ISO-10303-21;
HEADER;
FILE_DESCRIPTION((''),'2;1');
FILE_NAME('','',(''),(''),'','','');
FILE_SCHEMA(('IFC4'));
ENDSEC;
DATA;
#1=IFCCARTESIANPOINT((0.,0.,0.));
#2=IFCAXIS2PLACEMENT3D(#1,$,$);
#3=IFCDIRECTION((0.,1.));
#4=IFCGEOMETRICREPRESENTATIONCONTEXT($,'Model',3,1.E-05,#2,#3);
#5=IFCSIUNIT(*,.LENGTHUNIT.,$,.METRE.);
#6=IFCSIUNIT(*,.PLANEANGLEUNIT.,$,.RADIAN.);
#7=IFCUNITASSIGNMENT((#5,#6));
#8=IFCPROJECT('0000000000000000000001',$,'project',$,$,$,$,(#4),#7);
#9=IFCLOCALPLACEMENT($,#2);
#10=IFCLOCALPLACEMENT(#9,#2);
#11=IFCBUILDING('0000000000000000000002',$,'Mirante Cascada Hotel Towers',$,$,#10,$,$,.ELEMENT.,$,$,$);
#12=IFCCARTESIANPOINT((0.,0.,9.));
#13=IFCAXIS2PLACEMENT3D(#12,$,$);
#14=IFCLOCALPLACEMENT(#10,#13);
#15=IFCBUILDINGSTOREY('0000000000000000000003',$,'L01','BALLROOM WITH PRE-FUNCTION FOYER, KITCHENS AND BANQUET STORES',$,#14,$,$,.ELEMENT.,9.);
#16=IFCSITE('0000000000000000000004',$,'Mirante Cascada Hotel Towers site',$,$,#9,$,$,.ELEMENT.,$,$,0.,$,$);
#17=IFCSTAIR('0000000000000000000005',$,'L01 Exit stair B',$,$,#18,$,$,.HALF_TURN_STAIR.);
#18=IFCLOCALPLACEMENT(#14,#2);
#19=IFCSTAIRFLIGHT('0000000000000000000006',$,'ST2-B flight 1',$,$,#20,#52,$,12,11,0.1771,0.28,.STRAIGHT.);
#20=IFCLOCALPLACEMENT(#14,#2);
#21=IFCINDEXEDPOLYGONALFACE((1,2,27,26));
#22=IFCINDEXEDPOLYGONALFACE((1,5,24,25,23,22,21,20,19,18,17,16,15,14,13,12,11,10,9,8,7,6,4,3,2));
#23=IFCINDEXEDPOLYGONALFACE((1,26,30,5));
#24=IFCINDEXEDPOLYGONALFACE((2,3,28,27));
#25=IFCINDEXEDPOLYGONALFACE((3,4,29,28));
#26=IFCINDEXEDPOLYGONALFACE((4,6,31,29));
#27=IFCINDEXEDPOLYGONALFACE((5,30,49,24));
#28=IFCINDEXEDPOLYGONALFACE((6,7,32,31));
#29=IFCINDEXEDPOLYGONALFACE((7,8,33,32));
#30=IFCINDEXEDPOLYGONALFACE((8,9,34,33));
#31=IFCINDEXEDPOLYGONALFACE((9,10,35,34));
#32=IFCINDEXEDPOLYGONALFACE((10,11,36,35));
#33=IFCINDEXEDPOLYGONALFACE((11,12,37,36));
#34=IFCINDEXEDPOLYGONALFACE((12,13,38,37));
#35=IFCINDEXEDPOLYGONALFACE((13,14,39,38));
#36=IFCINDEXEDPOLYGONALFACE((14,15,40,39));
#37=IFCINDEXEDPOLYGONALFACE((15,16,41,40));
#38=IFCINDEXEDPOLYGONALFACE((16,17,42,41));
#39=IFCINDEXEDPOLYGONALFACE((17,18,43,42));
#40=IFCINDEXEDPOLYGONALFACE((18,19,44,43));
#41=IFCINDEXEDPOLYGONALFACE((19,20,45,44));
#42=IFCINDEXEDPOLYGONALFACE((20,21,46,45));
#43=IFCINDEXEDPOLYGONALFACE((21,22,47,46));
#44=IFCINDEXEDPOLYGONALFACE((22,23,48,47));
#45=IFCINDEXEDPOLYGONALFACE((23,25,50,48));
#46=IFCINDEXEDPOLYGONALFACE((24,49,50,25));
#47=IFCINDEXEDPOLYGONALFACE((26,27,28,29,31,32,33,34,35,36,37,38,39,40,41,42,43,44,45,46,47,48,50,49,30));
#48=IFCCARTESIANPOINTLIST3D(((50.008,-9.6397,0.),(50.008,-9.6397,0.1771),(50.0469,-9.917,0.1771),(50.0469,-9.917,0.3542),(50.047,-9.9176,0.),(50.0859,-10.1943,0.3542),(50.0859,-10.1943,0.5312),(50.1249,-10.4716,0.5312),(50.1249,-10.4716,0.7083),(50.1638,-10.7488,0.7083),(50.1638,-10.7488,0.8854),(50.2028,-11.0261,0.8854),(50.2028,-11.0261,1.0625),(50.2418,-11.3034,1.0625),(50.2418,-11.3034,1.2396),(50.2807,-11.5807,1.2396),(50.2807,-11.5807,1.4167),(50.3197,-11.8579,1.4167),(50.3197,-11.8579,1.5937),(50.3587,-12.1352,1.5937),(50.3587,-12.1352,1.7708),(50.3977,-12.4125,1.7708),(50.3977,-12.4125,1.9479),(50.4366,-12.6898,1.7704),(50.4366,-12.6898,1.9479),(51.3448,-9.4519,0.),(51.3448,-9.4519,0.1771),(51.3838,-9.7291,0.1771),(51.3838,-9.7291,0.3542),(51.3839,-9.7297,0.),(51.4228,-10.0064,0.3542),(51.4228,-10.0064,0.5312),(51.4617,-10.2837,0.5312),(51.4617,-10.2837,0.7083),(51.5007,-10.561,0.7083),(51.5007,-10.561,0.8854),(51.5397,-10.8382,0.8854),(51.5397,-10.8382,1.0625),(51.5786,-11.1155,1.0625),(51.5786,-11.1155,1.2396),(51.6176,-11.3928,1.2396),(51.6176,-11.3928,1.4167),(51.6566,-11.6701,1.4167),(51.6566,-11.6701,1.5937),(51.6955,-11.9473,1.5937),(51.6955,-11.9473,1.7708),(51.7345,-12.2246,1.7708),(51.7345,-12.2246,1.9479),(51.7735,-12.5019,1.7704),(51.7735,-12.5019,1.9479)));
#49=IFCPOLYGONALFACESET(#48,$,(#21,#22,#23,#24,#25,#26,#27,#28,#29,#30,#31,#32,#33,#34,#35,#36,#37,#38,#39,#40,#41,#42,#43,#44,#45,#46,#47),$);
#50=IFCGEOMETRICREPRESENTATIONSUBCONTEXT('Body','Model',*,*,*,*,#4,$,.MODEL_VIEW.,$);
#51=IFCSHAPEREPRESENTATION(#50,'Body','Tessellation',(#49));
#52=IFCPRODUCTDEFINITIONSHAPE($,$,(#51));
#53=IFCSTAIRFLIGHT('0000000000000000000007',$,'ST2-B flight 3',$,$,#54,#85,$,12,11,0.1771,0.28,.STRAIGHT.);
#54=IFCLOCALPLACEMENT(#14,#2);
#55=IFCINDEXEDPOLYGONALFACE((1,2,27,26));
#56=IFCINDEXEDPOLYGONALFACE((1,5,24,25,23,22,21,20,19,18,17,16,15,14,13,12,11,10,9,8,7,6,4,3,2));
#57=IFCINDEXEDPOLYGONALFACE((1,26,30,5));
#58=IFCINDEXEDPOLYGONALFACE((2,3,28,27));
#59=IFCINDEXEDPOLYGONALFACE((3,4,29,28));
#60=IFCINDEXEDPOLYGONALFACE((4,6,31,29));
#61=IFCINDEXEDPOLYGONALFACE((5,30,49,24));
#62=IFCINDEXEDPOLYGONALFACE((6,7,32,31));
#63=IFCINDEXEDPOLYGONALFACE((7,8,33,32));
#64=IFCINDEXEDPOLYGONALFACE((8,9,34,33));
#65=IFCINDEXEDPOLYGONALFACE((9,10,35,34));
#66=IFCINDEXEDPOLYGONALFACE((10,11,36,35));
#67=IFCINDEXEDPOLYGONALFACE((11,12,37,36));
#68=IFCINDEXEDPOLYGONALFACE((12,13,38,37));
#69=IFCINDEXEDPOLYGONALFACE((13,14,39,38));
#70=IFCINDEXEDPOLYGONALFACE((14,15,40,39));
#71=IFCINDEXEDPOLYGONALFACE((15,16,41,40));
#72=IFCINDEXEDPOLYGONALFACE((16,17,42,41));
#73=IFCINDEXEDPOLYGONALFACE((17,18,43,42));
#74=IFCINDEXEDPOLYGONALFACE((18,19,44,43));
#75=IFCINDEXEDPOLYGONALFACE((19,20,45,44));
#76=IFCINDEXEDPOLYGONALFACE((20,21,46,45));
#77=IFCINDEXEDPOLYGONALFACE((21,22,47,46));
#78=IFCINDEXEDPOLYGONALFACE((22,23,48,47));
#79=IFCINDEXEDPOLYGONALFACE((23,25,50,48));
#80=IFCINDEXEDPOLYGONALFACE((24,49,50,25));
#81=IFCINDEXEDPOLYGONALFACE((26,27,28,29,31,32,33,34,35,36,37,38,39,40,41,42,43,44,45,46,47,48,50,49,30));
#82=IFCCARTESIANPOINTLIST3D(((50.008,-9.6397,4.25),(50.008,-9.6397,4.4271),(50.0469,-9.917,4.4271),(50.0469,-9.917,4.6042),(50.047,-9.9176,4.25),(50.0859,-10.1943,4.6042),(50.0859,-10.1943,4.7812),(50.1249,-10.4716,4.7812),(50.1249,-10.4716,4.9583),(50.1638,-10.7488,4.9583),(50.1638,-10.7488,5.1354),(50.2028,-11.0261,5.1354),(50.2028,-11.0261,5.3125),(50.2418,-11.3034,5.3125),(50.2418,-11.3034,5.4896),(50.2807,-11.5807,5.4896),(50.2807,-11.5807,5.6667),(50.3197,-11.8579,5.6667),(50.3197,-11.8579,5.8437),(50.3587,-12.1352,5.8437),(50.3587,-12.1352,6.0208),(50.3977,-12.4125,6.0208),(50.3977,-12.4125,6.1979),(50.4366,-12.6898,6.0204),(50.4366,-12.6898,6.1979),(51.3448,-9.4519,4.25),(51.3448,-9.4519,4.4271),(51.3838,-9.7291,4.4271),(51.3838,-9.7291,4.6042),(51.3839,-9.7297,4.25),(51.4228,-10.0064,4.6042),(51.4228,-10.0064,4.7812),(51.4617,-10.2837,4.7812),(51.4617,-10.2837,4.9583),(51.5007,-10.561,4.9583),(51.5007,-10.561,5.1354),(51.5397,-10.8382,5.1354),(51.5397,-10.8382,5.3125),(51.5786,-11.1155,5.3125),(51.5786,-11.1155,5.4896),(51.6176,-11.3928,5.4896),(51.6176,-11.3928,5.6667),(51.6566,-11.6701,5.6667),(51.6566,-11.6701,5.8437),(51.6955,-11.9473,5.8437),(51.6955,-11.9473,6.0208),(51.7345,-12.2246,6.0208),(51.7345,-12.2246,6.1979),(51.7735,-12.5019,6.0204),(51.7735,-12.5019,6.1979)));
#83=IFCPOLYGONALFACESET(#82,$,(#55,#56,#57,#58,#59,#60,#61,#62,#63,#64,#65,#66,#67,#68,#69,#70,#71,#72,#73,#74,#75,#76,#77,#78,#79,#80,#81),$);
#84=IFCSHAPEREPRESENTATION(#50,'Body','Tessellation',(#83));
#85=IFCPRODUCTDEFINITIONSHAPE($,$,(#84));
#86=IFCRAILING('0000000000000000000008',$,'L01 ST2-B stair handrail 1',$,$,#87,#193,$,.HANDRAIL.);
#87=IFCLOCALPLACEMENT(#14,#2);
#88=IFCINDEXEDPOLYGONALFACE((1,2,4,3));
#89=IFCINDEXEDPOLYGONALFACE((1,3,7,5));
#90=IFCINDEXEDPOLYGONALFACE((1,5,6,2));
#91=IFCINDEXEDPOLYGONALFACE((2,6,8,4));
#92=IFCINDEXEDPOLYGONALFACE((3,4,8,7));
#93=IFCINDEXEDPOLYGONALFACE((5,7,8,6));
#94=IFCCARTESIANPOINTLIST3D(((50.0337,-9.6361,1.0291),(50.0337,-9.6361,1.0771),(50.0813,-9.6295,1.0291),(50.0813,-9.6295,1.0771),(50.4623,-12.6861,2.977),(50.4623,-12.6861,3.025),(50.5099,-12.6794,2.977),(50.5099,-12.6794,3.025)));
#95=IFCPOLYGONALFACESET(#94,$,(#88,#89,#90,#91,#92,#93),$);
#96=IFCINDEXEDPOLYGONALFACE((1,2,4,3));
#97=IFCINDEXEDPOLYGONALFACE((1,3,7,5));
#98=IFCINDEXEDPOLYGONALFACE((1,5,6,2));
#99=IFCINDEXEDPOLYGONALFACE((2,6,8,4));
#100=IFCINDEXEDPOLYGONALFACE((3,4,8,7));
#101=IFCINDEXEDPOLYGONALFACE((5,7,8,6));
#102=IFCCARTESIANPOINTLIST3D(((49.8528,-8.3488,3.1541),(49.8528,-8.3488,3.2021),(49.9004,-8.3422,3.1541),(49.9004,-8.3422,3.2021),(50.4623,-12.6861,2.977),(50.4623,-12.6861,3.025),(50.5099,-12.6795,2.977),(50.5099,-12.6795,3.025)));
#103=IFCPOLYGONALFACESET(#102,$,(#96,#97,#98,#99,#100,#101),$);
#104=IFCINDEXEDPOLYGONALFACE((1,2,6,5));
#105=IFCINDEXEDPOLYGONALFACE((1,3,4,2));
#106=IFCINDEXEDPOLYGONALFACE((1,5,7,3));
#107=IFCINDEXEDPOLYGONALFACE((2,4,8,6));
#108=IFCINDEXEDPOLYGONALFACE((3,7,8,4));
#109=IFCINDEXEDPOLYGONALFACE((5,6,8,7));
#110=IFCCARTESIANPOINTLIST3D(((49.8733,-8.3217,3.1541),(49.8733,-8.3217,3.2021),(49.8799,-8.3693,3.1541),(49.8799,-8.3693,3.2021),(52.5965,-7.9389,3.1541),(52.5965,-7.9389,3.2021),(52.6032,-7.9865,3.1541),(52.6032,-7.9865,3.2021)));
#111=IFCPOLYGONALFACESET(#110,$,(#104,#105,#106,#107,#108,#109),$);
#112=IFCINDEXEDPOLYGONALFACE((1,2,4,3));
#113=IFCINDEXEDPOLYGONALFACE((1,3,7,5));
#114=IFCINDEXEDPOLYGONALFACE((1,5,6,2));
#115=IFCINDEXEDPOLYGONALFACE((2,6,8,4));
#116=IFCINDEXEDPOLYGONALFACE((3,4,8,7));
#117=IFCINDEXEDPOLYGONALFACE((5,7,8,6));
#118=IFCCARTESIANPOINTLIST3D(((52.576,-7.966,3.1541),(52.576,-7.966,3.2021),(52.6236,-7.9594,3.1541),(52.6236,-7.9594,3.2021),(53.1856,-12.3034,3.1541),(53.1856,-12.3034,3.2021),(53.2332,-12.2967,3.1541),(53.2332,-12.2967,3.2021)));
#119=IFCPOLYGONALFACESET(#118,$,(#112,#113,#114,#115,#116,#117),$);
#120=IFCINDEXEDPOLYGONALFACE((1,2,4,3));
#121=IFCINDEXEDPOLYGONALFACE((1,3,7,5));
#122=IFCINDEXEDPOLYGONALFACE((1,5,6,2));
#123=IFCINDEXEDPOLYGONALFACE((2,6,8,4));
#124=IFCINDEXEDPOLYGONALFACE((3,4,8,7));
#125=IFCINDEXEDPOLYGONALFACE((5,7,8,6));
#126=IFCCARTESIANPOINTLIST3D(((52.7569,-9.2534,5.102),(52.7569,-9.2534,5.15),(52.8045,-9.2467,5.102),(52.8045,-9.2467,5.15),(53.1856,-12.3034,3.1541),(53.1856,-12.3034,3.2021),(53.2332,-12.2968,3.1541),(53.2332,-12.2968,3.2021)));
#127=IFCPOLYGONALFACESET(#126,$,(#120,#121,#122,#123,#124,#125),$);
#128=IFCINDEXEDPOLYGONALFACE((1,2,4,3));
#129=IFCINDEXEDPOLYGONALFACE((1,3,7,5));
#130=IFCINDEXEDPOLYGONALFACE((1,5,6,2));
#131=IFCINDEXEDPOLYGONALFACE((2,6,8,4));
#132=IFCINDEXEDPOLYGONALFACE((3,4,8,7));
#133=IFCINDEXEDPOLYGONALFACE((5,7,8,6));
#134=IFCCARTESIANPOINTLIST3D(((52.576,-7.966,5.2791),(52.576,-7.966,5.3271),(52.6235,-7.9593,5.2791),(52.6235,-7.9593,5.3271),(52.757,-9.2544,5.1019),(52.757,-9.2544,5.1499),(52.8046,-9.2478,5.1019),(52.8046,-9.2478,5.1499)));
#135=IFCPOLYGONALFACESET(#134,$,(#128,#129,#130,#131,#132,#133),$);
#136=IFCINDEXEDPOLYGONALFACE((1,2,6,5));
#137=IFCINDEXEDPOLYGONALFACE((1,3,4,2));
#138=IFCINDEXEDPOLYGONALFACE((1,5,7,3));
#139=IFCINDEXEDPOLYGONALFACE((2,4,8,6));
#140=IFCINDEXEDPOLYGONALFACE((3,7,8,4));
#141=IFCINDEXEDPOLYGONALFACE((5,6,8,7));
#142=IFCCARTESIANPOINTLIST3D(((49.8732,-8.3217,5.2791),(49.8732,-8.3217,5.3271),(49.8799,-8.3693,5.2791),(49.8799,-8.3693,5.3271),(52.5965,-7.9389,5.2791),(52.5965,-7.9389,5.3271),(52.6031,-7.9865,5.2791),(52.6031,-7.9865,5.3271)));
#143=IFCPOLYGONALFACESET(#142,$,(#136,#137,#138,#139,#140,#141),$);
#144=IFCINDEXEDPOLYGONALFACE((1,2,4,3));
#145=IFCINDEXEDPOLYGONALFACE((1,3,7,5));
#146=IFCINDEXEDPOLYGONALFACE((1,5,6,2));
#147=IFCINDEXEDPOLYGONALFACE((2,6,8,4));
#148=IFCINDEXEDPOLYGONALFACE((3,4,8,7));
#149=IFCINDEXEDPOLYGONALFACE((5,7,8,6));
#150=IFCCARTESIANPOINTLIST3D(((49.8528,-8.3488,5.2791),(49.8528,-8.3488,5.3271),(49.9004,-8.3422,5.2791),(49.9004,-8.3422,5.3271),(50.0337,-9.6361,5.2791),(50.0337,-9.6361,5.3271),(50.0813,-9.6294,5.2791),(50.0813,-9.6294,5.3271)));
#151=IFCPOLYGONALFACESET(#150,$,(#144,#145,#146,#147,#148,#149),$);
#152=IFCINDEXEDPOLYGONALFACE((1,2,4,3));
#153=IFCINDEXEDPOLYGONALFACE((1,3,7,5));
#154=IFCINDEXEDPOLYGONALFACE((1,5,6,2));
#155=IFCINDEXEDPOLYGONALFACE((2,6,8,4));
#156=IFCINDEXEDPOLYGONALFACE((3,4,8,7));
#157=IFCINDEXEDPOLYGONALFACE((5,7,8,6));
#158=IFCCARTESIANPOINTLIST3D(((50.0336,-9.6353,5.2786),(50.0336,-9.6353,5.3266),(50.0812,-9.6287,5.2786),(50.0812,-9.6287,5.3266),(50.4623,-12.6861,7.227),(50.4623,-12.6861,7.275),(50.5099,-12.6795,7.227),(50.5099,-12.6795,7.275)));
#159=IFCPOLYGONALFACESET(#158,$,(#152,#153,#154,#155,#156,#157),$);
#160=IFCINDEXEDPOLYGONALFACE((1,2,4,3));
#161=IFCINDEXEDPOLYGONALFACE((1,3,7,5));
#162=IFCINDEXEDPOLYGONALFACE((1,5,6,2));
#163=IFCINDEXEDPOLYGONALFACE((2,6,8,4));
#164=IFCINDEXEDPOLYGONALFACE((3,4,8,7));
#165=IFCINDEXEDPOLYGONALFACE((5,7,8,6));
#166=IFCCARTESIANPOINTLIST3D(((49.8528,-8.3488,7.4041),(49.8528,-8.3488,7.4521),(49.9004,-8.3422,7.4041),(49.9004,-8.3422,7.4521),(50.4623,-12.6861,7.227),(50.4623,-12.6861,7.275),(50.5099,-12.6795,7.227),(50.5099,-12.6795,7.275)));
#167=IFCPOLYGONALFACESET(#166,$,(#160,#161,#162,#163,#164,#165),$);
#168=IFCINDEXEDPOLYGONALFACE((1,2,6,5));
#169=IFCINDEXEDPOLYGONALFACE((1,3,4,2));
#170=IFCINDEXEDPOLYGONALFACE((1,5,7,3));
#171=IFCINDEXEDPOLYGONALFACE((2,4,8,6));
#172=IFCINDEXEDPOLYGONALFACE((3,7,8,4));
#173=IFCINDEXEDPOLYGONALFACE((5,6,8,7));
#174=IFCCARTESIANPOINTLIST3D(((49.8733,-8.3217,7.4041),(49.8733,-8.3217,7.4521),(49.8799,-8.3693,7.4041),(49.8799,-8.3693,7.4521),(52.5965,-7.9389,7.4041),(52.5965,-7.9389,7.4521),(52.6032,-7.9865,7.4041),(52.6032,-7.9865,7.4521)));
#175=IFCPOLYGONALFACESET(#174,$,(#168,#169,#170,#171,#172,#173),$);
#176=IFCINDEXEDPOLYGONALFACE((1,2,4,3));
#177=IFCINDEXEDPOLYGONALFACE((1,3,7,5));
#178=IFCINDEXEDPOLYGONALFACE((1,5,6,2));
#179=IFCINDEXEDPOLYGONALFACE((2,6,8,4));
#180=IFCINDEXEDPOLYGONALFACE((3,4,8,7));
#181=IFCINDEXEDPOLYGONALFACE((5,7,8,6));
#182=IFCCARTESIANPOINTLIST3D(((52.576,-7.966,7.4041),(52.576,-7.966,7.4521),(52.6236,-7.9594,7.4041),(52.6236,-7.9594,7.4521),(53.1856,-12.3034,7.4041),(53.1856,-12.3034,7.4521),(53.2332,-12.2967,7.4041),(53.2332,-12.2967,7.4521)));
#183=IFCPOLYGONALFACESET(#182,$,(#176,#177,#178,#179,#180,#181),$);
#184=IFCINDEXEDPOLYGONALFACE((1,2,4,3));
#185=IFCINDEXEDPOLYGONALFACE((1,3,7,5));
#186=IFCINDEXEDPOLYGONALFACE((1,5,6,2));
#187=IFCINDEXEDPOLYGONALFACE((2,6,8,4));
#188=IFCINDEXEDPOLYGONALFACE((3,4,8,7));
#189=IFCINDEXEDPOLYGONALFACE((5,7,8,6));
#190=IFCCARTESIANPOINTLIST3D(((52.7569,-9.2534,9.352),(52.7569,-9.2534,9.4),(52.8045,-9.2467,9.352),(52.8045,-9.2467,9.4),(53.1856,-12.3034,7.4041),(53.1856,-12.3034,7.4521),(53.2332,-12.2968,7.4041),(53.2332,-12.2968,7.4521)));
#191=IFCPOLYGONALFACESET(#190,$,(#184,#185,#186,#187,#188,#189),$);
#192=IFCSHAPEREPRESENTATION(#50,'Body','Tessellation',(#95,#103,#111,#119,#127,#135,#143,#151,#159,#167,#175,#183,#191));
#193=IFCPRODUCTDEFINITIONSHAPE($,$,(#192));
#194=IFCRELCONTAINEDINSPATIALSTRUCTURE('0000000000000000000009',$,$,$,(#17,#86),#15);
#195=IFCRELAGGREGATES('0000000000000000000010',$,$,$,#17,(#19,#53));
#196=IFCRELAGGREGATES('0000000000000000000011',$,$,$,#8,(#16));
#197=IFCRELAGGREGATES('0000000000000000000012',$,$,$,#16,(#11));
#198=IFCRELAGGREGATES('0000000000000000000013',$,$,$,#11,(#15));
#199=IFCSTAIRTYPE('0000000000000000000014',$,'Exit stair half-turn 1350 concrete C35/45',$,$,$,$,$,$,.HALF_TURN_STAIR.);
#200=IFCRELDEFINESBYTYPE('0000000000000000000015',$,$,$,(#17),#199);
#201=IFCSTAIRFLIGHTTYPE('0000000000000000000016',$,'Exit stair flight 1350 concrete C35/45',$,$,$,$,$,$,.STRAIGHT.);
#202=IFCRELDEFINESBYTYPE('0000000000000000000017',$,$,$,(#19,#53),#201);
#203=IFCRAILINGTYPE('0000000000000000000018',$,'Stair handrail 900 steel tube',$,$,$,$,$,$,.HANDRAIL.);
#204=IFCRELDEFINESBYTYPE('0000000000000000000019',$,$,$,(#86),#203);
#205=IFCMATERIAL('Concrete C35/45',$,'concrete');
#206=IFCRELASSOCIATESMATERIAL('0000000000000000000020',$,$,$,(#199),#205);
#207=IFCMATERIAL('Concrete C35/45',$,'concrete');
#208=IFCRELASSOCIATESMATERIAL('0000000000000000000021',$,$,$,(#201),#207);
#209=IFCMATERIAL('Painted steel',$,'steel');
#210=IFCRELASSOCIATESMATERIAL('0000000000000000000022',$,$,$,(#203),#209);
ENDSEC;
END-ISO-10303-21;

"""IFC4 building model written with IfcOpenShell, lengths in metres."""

from ifc_helpers import new_model, si_unit, direction, frame, origin, origin_2d, place, context, subcontext, project, spatial, polyline, rectangle, outline, extrude, material, type_object, element, aggregate, save


model = new_model("IFC4")

# Units and contexts
model_context = context("Model", 3, precision=1e-05, world=origin(), true_north=direction((0.0, 1.0)))
body_context = subcontext(model_context, "Body", "Model", "MODEL_VIEW")
ifc_project = project(units=[si_unit("LENGTHUNIT", "METRE"), si_unit("PLANEANGLEUNIT", "RADIAN")], contexts=[model_context])

# Site, building, storey
site_placement = place(None, origin())
site = spatial("IfcSite", under=ifc_project, at=site_placement, Name="Mirante Cascada Hotel Towers site", CompositionType="ELEMENT", RefElevation=0.0)
building_placement = place(site_placement, origin())
building = spatial("IfcBuilding", under=site, at=building_placement, Name="Mirante Cascada Hotel Towers", CompositionType="ELEMENT")
storey_placement = place(building_placement, frame((0.0, 0.0, 9.0)))
storey = spatial("IfcBuildingStorey", under=building, at=storey_placement, Name="L01", Description="BALLROOM WITH PRE-FUNCTION FOYER, KITCHENS AND BANQUET STORES", CompositionType="ELEMENT", Elevation=9.0)

# Stair, stair flights
ifc_material_1 = material(Name="Concrete C35/45", Category="concrete")
stair_type = type_object("IfcStairType", Name="Exit stair half-turn 1350 concrete C35/45", PredefinedType="HALF_TURN_STAIR", material=ifc_material_1)
stair_placement = place(storey_placement, origin())
stair = element("IfcStair", 1, at=stair_placement, inside=storey, type_object=stair_type, Name="L01 Exit stair B", PredefinedType="HALF_TURN_STAIR")
ifc_material_2 = material(Name="Concrete C35/45", Category="concrete")
stair_flight_type = type_object("IfcStairFlightType", Name="Exit stair flight 1350 concrete C35/45", PredefinedType="STRAIGHT", material=ifc_material_2)
stair_flight_1_placement = place(storey_placement, frame((50.6764, -9.5458, 0.0), z_axis=(0.0, 0.0, 1.0), x_axis=(0.139173, -0.990268, 0.0)))
stair_flight_1 = element("IfcStairFlight", 2, at=stair_flight_1_placement, type_object=stair_flight_type, Name="ST2-B flight 1", NumberOfRisers=12, NumberOfTreads=11, PredefinedType="STRAIGHT", RiserHeight=0.1771, TreadLength=0.28, context=body_context, shape_type="SweptSolid", body=[
    extrude(outline(polyline([(0.0, 0.0), (0.0, 0.1771), (0.28, 0.1771), (0.28, 0.3542), (0.56, 0.3542), (0.56, 0.5312), (0.84, 0.5312), (0.84, 0.7083), (1.12, 0.7083), (1.12, 0.8854), (1.4, 0.8854), (1.4, 1.0625), (1.68, 1.0625), (1.68, 1.2396), (1.96, 1.2396), (1.96, 1.4167), (2.24, 1.4167), (2.24, 1.5937), (2.52, 1.5937), (2.52, 1.7708), (2.8, 1.7708), (2.8, 1.9479), (3.08, 1.9479), (3.08, 2.125), (3.08, 1.7704), (0.2806, 0.0), (0.0, 0.0)])), frame((0.0, 0.675, 0.0), z_axis=(0.0, -1.0, 0.0), x_axis=(1.0, 0.0, 0.0)), (0.0, 0.0, 1.0), 1.35),
])
stair_flight_2_placement = place(storey_placement, frame((50.6764, -9.5458, 4.25), z_axis=(0.0, 0.0, 1.0), x_axis=(0.139173, -0.990268, 0.0)))
stair_flight_2 = element("IfcStairFlight", 3, at=stair_flight_2_placement, type_object=stair_flight_type, Name="ST2-B flight 3", NumberOfRisers=12, NumberOfTreads=11, PredefinedType="STRAIGHT", RiserHeight=0.1771, TreadLength=0.28, context=body_context, shape_type="SweptSolid", body=[
    extrude(outline(polyline([(0.0, 0.0), (0.0, 0.1771), (0.28, 0.1771), (0.28, 0.3542), (0.56, 0.3542), (0.56, 0.5312), (0.84, 0.5312), (0.84, 0.7083), (1.12, 0.7083), (1.12, 0.8854), (1.4, 0.8854), (1.4, 1.0625), (1.68, 1.0625), (1.68, 1.2396), (1.96, 1.2396), (1.96, 1.4167), (2.24, 1.4167), (2.24, 1.5937), (2.52, 1.5937), (2.52, 1.7708), (2.8, 1.7708), (2.8, 1.9479), (3.08, 1.9479), (3.08, 2.125), (3.08, 1.7704), (0.2806, 0.0), (0.0, 0.0)])), frame((0.0, 0.675, 0.0), z_axis=(0.0, -1.0, 0.0), x_axis=(1.0, 0.0, 0.0)), (0.0, 0.0, 1.0), 1.35),
])
aggregate(stair, [stair_flight_1, stair_flight_2])

# Railing
ifc_material_3 = material(Name="Painted steel", Category="steel")
railing_type_1 = type_object("IfcRailingType", Name="Stair handrail 900 steel tube", PredefinedType="HANDRAIL", material=ifc_material_3)
railing_1_placement = place(storey_placement, frame((50.0575, -9.6328, 0.1771)))
element("IfcRailing", 4, at=railing_1_placement, inside=storey, type_object=railing_type_1, Name="L01 ST2-B stair handrail 1", PredefinedType="HANDRAIL", context=body_context, shape_type="SweptSolid", body=[
    extrude(rectangle(XDim=0.048, YDim=0.048, at=origin_2d()), frame((0.0, 0.0, 0.876), z_axis=(0.139157, -0.99027, 0.0), x_axis=(0.99027, 0.139157, 0.0)), (0.0, 0.534514, 0.845159), 3.6442),
    extrude(rectangle(XDim=0.048, YDim=0.048, at=origin_2d()), frame((0.4286, -3.05, 2.8239), z_axis=(-0.139158, 0.99027, 0.0), x_axis=(-0.99027, -0.139158, 0.0)), (0.0, 0.040402, 0.999184), 4.3835),
    extrude(rectangle(XDim=0.048, YDim=0.048, at=origin_2d()), frame((-0.1809, 1.2873, 3.001), z_axis=(0.990264, 0.139201, 0.0), x_axis=(-0.139201, 0.990264, 0.0)), (0.0, 0.0, 1.0), 2.75),
    extrude(rectangle(XDim=0.048, YDim=0.048, at=origin_2d()), frame((2.5423, 1.6701, 3.001), z_axis=(0.139177, -0.990267, 0.0), x_axis=(0.990267, 0.139177, 0.0)), (0.0, 0.0, 1.0), 4.38),
    extrude(rectangle(XDim=0.048, YDim=0.048, at=origin_2d()), frame((3.1519, -2.6673, 3.001), z_axis=(-0.139189, 0.990266, 0.0), x_axis=(-0.990266, -0.139189, 0.0)), (0.0, 0.534512, 0.845161), 3.6443),
    extrude(rectangle(XDim=0.048, YDim=0.048, at=origin_2d()), frame((2.7233, 0.3817, 4.9488), z_axis=(-0.139149, 0.990271, 0.0), x_axis=(-0.990271, -0.139149, 0.0)), (0.0, 0.134979, 0.990848), 1.3131),
    extrude(rectangle(XDim=0.048, YDim=0.048, at=origin_2d()), frame((2.5423, 1.6701, 5.126), z_axis=(-0.990264, -0.139201, 0.0), x_axis=(0.139201, -0.990264, 0.0)), (0.0, 0.0, 1.0), 2.75),
    extrude(rectangle(XDim=0.048, YDim=0.048, at=origin_2d()), frame((-0.1809, 1.2873, 5.126), z_axis=(0.139159, -0.99027, 0.0), x_axis=(0.99027, 0.139159, 0.0)), (0.0, 0.0, 1.0), 1.2999),
    extrude(rectangle(XDim=0.048, YDim=0.048, at=origin_2d()), frame((-0.0001, 0.0008, 5.1255), z_axis=(0.139157, -0.99027, 0.0), x_axis=(0.99027, 0.139157, 0.0)), (0.0, 0.534514, 0.845159), 3.6452),
    extrude(rectangle(XDim=0.048, YDim=0.048, at=origin_2d()), frame((0.4286, -3.05, 7.0739), z_axis=(-0.139158, 0.99027, 0.0), x_axis=(-0.99027, -0.139158, 0.0)), (0.0, 0.040402, 0.999184), 4.3835),
    extrude(rectangle(XDim=0.048, YDim=0.048, at=origin_2d()), frame((-0.1809, 1.2873, 7.251), z_axis=(0.990264, 0.139201, 0.0), x_axis=(-0.139201, 0.990264, 0.0)), (0.0, 0.0, 1.0), 2.75),
    extrude(rectangle(XDim=0.048, YDim=0.048, at=origin_2d()), frame((2.5423, 1.6701, 7.251), z_axis=(0.139177, -0.990267, 0.0), x_axis=(0.990267, 0.139177, 0.0)), (0.0, 0.0, 1.0), 4.38),
    extrude(rectangle(XDim=0.048, YDim=0.048, at=origin_2d()), frame((3.1519, -2.6673, 7.251), z_axis=(-0.139189, 0.990266, 0.0), x_axis=(-0.990266, -0.139189, 0.0)), (0.0, 0.534512, 0.845161), 3.6443),
])

save(model, "model.ifc")
